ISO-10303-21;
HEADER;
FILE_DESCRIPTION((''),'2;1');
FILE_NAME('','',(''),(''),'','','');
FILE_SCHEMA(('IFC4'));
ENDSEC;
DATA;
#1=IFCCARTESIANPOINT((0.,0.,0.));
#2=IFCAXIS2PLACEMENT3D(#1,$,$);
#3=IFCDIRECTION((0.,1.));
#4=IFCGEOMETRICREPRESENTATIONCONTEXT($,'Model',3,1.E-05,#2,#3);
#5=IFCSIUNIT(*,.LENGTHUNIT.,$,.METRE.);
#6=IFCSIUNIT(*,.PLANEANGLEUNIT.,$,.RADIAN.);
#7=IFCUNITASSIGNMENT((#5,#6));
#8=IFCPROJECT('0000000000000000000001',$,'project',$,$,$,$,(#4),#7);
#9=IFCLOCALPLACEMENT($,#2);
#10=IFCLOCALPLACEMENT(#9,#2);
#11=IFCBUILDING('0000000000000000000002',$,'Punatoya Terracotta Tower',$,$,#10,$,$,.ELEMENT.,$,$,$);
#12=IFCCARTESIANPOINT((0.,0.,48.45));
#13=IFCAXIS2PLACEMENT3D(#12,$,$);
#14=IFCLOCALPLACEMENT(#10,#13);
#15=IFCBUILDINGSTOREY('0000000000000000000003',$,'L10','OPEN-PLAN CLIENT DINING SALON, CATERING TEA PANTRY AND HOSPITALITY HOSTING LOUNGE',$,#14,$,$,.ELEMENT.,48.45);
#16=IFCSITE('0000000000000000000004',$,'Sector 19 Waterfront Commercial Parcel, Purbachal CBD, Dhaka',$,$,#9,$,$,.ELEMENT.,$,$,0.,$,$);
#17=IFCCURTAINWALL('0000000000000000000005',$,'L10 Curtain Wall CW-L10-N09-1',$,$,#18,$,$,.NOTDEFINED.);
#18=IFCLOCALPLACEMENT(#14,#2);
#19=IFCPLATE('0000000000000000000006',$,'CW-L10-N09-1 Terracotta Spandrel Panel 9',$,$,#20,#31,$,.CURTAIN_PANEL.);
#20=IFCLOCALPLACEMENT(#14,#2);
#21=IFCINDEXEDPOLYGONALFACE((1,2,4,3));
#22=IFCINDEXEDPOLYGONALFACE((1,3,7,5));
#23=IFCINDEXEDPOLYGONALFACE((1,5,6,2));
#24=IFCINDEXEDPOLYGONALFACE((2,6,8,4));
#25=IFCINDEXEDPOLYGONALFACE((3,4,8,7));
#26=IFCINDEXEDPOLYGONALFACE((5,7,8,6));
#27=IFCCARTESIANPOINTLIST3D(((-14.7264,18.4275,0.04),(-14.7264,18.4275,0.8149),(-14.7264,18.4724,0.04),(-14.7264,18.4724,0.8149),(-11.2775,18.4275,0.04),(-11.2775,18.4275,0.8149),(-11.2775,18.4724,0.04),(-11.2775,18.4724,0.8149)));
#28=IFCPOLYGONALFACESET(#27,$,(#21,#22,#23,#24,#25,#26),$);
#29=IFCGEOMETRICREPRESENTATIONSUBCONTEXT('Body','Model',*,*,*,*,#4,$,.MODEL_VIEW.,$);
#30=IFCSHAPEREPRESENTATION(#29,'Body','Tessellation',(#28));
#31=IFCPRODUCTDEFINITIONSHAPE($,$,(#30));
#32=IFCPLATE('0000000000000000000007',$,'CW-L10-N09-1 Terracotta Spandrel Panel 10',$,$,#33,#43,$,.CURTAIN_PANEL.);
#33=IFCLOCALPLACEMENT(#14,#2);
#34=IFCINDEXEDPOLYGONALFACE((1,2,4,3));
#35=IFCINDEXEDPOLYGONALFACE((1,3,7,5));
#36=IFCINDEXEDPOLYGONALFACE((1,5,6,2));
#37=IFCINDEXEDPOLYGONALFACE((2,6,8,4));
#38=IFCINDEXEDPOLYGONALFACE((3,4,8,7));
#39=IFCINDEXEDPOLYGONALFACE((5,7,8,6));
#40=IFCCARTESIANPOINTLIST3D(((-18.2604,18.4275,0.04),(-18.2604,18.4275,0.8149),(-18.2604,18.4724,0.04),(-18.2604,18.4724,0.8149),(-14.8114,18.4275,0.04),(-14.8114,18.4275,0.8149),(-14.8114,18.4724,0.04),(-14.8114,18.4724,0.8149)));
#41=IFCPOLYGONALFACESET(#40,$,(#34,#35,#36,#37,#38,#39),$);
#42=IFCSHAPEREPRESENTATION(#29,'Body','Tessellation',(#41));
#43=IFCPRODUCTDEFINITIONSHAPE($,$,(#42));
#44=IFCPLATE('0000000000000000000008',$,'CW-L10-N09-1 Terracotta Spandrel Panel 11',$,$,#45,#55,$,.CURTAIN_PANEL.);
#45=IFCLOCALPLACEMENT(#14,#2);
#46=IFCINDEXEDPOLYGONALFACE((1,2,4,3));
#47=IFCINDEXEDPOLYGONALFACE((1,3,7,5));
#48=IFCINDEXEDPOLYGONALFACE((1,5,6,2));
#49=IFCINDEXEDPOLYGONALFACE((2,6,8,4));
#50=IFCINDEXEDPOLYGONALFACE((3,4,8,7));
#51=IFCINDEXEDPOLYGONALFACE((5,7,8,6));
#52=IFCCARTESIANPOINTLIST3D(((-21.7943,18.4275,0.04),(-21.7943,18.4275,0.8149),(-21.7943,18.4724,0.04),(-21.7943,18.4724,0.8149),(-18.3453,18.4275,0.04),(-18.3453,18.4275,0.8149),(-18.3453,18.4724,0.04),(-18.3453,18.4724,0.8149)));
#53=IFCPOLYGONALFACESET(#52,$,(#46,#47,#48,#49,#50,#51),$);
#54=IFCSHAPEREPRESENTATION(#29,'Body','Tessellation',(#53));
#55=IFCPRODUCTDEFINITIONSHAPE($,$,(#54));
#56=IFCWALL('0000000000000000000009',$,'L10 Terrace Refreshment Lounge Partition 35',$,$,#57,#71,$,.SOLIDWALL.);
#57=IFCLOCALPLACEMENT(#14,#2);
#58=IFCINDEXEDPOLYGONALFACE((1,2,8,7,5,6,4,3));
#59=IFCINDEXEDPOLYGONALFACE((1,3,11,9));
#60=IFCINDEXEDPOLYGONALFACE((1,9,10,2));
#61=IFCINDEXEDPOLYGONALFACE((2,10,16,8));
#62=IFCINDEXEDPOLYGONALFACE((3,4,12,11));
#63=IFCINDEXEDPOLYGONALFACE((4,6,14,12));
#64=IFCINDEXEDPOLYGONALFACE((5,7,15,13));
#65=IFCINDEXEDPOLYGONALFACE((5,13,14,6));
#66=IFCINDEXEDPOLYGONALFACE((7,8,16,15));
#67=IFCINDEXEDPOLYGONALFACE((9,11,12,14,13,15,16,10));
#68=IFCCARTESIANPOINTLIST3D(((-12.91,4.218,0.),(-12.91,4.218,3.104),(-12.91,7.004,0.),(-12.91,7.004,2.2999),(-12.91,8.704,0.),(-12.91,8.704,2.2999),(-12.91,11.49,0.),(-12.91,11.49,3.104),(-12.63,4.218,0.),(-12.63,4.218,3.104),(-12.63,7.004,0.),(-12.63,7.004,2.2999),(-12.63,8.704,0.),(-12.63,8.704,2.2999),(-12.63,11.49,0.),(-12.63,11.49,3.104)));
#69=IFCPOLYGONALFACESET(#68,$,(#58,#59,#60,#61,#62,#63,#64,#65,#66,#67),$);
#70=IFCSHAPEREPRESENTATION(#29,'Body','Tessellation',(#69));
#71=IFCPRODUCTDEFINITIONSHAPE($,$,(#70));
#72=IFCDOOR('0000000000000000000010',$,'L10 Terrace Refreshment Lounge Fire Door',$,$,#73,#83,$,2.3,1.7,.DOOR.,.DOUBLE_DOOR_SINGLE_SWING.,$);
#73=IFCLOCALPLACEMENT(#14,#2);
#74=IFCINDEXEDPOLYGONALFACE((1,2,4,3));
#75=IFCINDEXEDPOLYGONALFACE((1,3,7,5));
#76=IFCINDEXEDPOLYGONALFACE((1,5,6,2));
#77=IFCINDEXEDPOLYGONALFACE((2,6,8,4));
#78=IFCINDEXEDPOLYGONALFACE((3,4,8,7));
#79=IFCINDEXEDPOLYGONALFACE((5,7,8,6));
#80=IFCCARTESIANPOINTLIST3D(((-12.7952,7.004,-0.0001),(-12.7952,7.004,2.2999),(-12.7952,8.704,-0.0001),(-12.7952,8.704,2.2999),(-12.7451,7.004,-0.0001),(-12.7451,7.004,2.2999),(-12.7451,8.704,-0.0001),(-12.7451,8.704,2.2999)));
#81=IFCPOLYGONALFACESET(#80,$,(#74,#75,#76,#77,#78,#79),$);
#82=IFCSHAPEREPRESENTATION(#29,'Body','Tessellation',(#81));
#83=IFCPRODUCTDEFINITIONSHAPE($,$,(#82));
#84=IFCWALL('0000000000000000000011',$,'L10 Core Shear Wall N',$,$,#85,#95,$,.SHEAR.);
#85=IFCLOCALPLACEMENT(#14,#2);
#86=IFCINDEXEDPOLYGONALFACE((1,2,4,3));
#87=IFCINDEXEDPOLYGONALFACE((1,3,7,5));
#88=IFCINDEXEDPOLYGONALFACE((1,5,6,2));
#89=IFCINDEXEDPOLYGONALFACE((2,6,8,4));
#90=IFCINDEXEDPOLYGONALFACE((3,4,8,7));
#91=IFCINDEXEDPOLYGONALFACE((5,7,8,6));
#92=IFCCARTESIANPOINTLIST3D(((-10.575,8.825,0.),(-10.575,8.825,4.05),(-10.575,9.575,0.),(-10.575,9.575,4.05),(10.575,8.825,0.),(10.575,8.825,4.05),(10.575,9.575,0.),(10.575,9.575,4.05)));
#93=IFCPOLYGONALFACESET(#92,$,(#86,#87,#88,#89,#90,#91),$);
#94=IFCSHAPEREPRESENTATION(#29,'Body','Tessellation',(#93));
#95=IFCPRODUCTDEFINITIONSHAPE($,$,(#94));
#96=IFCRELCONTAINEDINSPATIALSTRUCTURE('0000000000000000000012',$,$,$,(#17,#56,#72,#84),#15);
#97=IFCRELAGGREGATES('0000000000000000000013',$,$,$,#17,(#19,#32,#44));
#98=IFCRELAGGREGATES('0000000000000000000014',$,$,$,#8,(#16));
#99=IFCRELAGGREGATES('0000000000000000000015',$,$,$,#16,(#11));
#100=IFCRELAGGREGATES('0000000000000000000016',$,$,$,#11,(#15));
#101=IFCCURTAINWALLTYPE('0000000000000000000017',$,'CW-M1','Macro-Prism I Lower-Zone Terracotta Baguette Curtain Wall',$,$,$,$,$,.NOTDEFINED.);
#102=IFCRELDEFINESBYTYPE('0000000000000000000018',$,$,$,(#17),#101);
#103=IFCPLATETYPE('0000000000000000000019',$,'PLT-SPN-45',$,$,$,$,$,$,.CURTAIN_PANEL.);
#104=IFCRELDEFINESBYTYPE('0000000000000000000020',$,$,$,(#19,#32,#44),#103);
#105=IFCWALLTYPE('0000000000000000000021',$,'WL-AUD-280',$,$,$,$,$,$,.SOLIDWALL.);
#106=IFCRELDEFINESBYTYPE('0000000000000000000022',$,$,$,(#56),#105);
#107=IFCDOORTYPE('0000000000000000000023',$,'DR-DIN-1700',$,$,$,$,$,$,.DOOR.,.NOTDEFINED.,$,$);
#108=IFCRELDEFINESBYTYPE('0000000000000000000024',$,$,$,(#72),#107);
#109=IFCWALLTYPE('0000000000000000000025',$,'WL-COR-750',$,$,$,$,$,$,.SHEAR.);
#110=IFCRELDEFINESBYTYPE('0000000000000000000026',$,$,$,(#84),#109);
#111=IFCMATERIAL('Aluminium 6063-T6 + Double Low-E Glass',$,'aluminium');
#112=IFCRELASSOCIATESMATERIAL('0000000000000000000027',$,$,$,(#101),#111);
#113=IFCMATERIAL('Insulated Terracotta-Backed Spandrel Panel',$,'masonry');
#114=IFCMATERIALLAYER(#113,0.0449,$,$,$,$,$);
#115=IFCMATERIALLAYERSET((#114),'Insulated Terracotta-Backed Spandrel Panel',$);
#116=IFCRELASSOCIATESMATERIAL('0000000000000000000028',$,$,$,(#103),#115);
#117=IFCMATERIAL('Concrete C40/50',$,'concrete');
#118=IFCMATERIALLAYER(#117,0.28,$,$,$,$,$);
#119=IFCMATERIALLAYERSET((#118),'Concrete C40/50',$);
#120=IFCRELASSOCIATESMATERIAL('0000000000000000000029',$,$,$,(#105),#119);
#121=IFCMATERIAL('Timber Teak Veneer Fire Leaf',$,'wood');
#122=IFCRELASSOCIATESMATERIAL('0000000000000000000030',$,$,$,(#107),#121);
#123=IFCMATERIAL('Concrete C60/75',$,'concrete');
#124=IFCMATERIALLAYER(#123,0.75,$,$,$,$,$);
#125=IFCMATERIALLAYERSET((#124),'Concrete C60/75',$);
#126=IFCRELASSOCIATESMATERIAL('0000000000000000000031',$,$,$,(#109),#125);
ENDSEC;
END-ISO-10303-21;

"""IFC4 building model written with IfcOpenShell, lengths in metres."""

from ifc_helpers import new_model, si_unit, direction, frame, frame_2d, origin, origin_2d, place, context, subcontext, project, spatial, rectangle, extrude, material, layer, layer_set, type_object, element, fill, aggregate, save


model = new_model("IFC4")

# Units and contexts
model_context = context("Model", 3, precision=1e-05, world=origin(), true_north=direction((0.0, 1.0)))
body_context = subcontext(model_context, "Body", "Model", "MODEL_VIEW")
ifc_project = project(units=[si_unit("LENGTHUNIT", "METRE"), si_unit("PLANEANGLEUNIT", "RADIAN")], contexts=[model_context])

# Site, building, storey
site_placement = place(None, origin())
site = spatial("IfcSite", under=ifc_project, at=site_placement, Name="Sector 19 Waterfront Commercial Parcel, Purbachal CBD, Dhaka", CompositionType="ELEMENT", RefElevation=0.0)
building_placement = place(site_placement, origin())
building = spatial("IfcBuilding", under=site, at=building_placement, Name="Punatoya Terracotta Tower", CompositionType="ELEMENT")
storey_placement = place(building_placement, frame((0.0, 0.0, 48.45)))
storey = spatial("IfcBuildingStorey", under=building, at=storey_placement, Name="L10", Description="OPEN-PLAN CLIENT DINING SALON, CATERING TEA PANTRY AND HOSPITALITY HOSTING LOUNGE", CompositionType="ELEMENT", Elevation=48.45)

# Curtain wall, plates
ifc_material_1 = material(Name="Aluminium 6063-T6 + Double Low-E Glass", Category="aluminium")
curtain_wall_type = type_object("IfcCurtainWallType", Name="CW-M1", Description="Macro-Prism I Lower-Zone Terracotta Baguette Curtain Wall", PredefinedType="NOTDEFINED", material=ifc_material_1)
curtain_wall_placement = place(storey_placement, origin())
curtain_wall = element("IfcCurtainWall", 1, at=curtain_wall_placement, inside=storey, type_object=curtain_wall_type, Name="L10 Curtain Wall CW-L10-N09-1", PredefinedType="NOTDEFINED")
ifc_material_2 = material(Name="Insulated Terracotta-Backed Spandrel Panel", Category="masonry")
ifc_layer_1 = layer(ifc_material_2, 0.0449)
ifc_layer_set_1 = layer_set([ifc_layer_1], Name="Insulated Terracotta-Backed Spandrel Panel")
plate_type_1 = type_object("IfcPlateType", Name="PLT-SPN-45", PredefinedType="CURTAIN_PANEL", material=ifc_layer_set_1)
plate_1_placement = place(storey_placement, frame((-13.002, 18.45, 0.04), z_axis=(0.0, 0.0, 1.0), x_axis=(-1.0, 0.0, 0.0)))
plate_1 = element("IfcPlate", 2, at=plate_1_placement, type_object=plate_type_1, Name="CW-L10-N09-1 Terracotta Spandrel Panel 9", PredefinedType="CURTAIN_PANEL", context=body_context, shape_type="SweptSolid", body=[
    extrude(rectangle(XDim=3.449, YDim=0.0449, at=origin_2d()), origin(), (0.0, 0.0, 1.0), 0.7749),
])
plate_2_placement = place(storey_placement, frame((-16.5359, 18.45, 0.04), z_axis=(0.0, 0.0, 1.0), x_axis=(-1.0, 0.0, 0.0)))
plate_2 = element("IfcPlate", 3, at=plate_2_placement, type_object=plate_type_1, Name="CW-L10-N09-1 Terracotta Spandrel Panel 10", PredefinedType="CURTAIN_PANEL", context=body_context, shape_type="SweptSolid", body=[
    extrude(rectangle(XDim=3.449, YDim=0.0449, at=origin_2d()), origin(), (0.0, 0.0, 1.0), 0.7749),
])
plate_3_placement = place(storey_placement, frame((-20.0698, 18.45, 0.04), z_axis=(0.0, 0.0, 1.0), x_axis=(-1.0, 0.0, 0.0)))
plate_3 = element("IfcPlate", 4, at=plate_3_placement, type_object=plate_type_1, Name="CW-L10-N09-1 Terracotta Spandrel Panel 11", PredefinedType="CURTAIN_PANEL", context=body_context, shape_type="SweptSolid", body=[
    extrude(rectangle(XDim=3.449, YDim=0.0449, at=origin_2d()), origin(), (0.0, 0.0, 1.0), 0.7749),
])
aggregate(curtain_wall, [plate_1, plate_2, plate_3])

# Wall, opening, door
ifc_material_3 = material(Name="Concrete C40/50", Category="concrete")
ifc_layer_2 = layer(ifc_material_3, 0.28)
ifc_layer_set_2 = layer_set([ifc_layer_2], Name="Concrete C40/50")
wall_type_1 = type_object("IfcWallType", Name="WL-AUD-280", PredefinedType="SOLIDWALL", material=ifc_layer_set_2)
wall_1_placement = place(storey_placement, frame((-12.77, 11.49, 0.0), z_axis=(0.0, 0.0, 1.0), x_axis=(0.0, -1.0, 0.0)))
wall_1 = element("IfcWall", 5, at=wall_1_placement, inside=storey, type_object=wall_type_1, Name="L10 Terrace Refreshment Lounge Partition 35", PredefinedType="SOLIDWALL", context=body_context, shape_type="SweptSolid", body=[
    extrude(rectangle(XDim=7.272, YDim=0.28, at=frame_2d((3.636, 0.0))), origin(), (0.0, 0.0, 1.0), 3.104),
])
opening_placement = place(wall_1_placement, frame((2.7859, 0.0, 0.0)))
opening = element("IfcOpeningElement", 6, at=opening_placement, cuts=wall_1, PredefinedType="OPENING", context=body_context, shape_type="SweptSolid", body=[
    extrude(rectangle(XDim=1.7, YDim=2.3, at=frame_2d((0.8501, 1.1499))), frame((0.0, 0.1499, 0.0), z_axis=(0.0, -1.0, 0.0), x_axis=(1.0, 0.0, 0.0)), (0.0, 0.0, 1.0), 0.3),
])
ifc_material_4 = material(Name="Timber Teak Veneer Fire Leaf", Category="wood")
door_type = type_object("IfcDoorType", Name="DR-DIN-1700", OperationType="NOTDEFINED", PredefinedType="DOOR", material=ifc_material_4)
door_placement = place(opening_placement, origin())
door = element("IfcDoor", 7, at=door_placement, inside=storey, type_object=door_type, Name="L10 Terrace Refreshment Lounge Fire Door", OperationType="DOUBLE_DOOR_SINGLE_SWING", OverallHeight=2.3, OverallWidth=1.7, PredefinedType="DOOR", context=body_context, shape_type="SweptSolid", body=[
    extrude(rectangle(XDim=1.7, YDim=2.3, at=frame_2d((0.8501, 1.1499))), frame((0.0, 0.0249, 0.0), z_axis=(0.0, -1.0, 0.0), x_axis=(1.0, 0.0, 0.0)), (0.0, 0.0, 1.0), 0.05),
])
fill(opening, door)

# Wall
ifc_material_5 = material(Name="Concrete C60/75", Category="concrete")
ifc_layer_3 = layer(ifc_material_5, 0.75)
ifc_layer_set_3 = layer_set([ifc_layer_3], Name="Concrete C60/75")
wall_type_2 = type_object("IfcWallType", Name="WL-COR-750", PredefinedType="SHEAR", material=ifc_layer_set_3)
wall_2_placement = place(storey_placement, frame((-10.575, 9.2, 0.0), z_axis=(0.0, 0.0, 1.0), x_axis=(1.0, 0.0, 0.0)))
element("IfcWall", 8, at=wall_2_placement, inside=storey, type_object=wall_type_2, Name="L10 Core Shear Wall N", PredefinedType="SHEAR", context=body_context, shape_type="SweptSolid", body=[
    extrude(rectangle(XDim=21.1499, YDim=0.75, at=frame_2d((10.575, 0.0))), origin(), (0.0, 0.0, 1.0), 4.05),
])

save(model, "model.ifc")
